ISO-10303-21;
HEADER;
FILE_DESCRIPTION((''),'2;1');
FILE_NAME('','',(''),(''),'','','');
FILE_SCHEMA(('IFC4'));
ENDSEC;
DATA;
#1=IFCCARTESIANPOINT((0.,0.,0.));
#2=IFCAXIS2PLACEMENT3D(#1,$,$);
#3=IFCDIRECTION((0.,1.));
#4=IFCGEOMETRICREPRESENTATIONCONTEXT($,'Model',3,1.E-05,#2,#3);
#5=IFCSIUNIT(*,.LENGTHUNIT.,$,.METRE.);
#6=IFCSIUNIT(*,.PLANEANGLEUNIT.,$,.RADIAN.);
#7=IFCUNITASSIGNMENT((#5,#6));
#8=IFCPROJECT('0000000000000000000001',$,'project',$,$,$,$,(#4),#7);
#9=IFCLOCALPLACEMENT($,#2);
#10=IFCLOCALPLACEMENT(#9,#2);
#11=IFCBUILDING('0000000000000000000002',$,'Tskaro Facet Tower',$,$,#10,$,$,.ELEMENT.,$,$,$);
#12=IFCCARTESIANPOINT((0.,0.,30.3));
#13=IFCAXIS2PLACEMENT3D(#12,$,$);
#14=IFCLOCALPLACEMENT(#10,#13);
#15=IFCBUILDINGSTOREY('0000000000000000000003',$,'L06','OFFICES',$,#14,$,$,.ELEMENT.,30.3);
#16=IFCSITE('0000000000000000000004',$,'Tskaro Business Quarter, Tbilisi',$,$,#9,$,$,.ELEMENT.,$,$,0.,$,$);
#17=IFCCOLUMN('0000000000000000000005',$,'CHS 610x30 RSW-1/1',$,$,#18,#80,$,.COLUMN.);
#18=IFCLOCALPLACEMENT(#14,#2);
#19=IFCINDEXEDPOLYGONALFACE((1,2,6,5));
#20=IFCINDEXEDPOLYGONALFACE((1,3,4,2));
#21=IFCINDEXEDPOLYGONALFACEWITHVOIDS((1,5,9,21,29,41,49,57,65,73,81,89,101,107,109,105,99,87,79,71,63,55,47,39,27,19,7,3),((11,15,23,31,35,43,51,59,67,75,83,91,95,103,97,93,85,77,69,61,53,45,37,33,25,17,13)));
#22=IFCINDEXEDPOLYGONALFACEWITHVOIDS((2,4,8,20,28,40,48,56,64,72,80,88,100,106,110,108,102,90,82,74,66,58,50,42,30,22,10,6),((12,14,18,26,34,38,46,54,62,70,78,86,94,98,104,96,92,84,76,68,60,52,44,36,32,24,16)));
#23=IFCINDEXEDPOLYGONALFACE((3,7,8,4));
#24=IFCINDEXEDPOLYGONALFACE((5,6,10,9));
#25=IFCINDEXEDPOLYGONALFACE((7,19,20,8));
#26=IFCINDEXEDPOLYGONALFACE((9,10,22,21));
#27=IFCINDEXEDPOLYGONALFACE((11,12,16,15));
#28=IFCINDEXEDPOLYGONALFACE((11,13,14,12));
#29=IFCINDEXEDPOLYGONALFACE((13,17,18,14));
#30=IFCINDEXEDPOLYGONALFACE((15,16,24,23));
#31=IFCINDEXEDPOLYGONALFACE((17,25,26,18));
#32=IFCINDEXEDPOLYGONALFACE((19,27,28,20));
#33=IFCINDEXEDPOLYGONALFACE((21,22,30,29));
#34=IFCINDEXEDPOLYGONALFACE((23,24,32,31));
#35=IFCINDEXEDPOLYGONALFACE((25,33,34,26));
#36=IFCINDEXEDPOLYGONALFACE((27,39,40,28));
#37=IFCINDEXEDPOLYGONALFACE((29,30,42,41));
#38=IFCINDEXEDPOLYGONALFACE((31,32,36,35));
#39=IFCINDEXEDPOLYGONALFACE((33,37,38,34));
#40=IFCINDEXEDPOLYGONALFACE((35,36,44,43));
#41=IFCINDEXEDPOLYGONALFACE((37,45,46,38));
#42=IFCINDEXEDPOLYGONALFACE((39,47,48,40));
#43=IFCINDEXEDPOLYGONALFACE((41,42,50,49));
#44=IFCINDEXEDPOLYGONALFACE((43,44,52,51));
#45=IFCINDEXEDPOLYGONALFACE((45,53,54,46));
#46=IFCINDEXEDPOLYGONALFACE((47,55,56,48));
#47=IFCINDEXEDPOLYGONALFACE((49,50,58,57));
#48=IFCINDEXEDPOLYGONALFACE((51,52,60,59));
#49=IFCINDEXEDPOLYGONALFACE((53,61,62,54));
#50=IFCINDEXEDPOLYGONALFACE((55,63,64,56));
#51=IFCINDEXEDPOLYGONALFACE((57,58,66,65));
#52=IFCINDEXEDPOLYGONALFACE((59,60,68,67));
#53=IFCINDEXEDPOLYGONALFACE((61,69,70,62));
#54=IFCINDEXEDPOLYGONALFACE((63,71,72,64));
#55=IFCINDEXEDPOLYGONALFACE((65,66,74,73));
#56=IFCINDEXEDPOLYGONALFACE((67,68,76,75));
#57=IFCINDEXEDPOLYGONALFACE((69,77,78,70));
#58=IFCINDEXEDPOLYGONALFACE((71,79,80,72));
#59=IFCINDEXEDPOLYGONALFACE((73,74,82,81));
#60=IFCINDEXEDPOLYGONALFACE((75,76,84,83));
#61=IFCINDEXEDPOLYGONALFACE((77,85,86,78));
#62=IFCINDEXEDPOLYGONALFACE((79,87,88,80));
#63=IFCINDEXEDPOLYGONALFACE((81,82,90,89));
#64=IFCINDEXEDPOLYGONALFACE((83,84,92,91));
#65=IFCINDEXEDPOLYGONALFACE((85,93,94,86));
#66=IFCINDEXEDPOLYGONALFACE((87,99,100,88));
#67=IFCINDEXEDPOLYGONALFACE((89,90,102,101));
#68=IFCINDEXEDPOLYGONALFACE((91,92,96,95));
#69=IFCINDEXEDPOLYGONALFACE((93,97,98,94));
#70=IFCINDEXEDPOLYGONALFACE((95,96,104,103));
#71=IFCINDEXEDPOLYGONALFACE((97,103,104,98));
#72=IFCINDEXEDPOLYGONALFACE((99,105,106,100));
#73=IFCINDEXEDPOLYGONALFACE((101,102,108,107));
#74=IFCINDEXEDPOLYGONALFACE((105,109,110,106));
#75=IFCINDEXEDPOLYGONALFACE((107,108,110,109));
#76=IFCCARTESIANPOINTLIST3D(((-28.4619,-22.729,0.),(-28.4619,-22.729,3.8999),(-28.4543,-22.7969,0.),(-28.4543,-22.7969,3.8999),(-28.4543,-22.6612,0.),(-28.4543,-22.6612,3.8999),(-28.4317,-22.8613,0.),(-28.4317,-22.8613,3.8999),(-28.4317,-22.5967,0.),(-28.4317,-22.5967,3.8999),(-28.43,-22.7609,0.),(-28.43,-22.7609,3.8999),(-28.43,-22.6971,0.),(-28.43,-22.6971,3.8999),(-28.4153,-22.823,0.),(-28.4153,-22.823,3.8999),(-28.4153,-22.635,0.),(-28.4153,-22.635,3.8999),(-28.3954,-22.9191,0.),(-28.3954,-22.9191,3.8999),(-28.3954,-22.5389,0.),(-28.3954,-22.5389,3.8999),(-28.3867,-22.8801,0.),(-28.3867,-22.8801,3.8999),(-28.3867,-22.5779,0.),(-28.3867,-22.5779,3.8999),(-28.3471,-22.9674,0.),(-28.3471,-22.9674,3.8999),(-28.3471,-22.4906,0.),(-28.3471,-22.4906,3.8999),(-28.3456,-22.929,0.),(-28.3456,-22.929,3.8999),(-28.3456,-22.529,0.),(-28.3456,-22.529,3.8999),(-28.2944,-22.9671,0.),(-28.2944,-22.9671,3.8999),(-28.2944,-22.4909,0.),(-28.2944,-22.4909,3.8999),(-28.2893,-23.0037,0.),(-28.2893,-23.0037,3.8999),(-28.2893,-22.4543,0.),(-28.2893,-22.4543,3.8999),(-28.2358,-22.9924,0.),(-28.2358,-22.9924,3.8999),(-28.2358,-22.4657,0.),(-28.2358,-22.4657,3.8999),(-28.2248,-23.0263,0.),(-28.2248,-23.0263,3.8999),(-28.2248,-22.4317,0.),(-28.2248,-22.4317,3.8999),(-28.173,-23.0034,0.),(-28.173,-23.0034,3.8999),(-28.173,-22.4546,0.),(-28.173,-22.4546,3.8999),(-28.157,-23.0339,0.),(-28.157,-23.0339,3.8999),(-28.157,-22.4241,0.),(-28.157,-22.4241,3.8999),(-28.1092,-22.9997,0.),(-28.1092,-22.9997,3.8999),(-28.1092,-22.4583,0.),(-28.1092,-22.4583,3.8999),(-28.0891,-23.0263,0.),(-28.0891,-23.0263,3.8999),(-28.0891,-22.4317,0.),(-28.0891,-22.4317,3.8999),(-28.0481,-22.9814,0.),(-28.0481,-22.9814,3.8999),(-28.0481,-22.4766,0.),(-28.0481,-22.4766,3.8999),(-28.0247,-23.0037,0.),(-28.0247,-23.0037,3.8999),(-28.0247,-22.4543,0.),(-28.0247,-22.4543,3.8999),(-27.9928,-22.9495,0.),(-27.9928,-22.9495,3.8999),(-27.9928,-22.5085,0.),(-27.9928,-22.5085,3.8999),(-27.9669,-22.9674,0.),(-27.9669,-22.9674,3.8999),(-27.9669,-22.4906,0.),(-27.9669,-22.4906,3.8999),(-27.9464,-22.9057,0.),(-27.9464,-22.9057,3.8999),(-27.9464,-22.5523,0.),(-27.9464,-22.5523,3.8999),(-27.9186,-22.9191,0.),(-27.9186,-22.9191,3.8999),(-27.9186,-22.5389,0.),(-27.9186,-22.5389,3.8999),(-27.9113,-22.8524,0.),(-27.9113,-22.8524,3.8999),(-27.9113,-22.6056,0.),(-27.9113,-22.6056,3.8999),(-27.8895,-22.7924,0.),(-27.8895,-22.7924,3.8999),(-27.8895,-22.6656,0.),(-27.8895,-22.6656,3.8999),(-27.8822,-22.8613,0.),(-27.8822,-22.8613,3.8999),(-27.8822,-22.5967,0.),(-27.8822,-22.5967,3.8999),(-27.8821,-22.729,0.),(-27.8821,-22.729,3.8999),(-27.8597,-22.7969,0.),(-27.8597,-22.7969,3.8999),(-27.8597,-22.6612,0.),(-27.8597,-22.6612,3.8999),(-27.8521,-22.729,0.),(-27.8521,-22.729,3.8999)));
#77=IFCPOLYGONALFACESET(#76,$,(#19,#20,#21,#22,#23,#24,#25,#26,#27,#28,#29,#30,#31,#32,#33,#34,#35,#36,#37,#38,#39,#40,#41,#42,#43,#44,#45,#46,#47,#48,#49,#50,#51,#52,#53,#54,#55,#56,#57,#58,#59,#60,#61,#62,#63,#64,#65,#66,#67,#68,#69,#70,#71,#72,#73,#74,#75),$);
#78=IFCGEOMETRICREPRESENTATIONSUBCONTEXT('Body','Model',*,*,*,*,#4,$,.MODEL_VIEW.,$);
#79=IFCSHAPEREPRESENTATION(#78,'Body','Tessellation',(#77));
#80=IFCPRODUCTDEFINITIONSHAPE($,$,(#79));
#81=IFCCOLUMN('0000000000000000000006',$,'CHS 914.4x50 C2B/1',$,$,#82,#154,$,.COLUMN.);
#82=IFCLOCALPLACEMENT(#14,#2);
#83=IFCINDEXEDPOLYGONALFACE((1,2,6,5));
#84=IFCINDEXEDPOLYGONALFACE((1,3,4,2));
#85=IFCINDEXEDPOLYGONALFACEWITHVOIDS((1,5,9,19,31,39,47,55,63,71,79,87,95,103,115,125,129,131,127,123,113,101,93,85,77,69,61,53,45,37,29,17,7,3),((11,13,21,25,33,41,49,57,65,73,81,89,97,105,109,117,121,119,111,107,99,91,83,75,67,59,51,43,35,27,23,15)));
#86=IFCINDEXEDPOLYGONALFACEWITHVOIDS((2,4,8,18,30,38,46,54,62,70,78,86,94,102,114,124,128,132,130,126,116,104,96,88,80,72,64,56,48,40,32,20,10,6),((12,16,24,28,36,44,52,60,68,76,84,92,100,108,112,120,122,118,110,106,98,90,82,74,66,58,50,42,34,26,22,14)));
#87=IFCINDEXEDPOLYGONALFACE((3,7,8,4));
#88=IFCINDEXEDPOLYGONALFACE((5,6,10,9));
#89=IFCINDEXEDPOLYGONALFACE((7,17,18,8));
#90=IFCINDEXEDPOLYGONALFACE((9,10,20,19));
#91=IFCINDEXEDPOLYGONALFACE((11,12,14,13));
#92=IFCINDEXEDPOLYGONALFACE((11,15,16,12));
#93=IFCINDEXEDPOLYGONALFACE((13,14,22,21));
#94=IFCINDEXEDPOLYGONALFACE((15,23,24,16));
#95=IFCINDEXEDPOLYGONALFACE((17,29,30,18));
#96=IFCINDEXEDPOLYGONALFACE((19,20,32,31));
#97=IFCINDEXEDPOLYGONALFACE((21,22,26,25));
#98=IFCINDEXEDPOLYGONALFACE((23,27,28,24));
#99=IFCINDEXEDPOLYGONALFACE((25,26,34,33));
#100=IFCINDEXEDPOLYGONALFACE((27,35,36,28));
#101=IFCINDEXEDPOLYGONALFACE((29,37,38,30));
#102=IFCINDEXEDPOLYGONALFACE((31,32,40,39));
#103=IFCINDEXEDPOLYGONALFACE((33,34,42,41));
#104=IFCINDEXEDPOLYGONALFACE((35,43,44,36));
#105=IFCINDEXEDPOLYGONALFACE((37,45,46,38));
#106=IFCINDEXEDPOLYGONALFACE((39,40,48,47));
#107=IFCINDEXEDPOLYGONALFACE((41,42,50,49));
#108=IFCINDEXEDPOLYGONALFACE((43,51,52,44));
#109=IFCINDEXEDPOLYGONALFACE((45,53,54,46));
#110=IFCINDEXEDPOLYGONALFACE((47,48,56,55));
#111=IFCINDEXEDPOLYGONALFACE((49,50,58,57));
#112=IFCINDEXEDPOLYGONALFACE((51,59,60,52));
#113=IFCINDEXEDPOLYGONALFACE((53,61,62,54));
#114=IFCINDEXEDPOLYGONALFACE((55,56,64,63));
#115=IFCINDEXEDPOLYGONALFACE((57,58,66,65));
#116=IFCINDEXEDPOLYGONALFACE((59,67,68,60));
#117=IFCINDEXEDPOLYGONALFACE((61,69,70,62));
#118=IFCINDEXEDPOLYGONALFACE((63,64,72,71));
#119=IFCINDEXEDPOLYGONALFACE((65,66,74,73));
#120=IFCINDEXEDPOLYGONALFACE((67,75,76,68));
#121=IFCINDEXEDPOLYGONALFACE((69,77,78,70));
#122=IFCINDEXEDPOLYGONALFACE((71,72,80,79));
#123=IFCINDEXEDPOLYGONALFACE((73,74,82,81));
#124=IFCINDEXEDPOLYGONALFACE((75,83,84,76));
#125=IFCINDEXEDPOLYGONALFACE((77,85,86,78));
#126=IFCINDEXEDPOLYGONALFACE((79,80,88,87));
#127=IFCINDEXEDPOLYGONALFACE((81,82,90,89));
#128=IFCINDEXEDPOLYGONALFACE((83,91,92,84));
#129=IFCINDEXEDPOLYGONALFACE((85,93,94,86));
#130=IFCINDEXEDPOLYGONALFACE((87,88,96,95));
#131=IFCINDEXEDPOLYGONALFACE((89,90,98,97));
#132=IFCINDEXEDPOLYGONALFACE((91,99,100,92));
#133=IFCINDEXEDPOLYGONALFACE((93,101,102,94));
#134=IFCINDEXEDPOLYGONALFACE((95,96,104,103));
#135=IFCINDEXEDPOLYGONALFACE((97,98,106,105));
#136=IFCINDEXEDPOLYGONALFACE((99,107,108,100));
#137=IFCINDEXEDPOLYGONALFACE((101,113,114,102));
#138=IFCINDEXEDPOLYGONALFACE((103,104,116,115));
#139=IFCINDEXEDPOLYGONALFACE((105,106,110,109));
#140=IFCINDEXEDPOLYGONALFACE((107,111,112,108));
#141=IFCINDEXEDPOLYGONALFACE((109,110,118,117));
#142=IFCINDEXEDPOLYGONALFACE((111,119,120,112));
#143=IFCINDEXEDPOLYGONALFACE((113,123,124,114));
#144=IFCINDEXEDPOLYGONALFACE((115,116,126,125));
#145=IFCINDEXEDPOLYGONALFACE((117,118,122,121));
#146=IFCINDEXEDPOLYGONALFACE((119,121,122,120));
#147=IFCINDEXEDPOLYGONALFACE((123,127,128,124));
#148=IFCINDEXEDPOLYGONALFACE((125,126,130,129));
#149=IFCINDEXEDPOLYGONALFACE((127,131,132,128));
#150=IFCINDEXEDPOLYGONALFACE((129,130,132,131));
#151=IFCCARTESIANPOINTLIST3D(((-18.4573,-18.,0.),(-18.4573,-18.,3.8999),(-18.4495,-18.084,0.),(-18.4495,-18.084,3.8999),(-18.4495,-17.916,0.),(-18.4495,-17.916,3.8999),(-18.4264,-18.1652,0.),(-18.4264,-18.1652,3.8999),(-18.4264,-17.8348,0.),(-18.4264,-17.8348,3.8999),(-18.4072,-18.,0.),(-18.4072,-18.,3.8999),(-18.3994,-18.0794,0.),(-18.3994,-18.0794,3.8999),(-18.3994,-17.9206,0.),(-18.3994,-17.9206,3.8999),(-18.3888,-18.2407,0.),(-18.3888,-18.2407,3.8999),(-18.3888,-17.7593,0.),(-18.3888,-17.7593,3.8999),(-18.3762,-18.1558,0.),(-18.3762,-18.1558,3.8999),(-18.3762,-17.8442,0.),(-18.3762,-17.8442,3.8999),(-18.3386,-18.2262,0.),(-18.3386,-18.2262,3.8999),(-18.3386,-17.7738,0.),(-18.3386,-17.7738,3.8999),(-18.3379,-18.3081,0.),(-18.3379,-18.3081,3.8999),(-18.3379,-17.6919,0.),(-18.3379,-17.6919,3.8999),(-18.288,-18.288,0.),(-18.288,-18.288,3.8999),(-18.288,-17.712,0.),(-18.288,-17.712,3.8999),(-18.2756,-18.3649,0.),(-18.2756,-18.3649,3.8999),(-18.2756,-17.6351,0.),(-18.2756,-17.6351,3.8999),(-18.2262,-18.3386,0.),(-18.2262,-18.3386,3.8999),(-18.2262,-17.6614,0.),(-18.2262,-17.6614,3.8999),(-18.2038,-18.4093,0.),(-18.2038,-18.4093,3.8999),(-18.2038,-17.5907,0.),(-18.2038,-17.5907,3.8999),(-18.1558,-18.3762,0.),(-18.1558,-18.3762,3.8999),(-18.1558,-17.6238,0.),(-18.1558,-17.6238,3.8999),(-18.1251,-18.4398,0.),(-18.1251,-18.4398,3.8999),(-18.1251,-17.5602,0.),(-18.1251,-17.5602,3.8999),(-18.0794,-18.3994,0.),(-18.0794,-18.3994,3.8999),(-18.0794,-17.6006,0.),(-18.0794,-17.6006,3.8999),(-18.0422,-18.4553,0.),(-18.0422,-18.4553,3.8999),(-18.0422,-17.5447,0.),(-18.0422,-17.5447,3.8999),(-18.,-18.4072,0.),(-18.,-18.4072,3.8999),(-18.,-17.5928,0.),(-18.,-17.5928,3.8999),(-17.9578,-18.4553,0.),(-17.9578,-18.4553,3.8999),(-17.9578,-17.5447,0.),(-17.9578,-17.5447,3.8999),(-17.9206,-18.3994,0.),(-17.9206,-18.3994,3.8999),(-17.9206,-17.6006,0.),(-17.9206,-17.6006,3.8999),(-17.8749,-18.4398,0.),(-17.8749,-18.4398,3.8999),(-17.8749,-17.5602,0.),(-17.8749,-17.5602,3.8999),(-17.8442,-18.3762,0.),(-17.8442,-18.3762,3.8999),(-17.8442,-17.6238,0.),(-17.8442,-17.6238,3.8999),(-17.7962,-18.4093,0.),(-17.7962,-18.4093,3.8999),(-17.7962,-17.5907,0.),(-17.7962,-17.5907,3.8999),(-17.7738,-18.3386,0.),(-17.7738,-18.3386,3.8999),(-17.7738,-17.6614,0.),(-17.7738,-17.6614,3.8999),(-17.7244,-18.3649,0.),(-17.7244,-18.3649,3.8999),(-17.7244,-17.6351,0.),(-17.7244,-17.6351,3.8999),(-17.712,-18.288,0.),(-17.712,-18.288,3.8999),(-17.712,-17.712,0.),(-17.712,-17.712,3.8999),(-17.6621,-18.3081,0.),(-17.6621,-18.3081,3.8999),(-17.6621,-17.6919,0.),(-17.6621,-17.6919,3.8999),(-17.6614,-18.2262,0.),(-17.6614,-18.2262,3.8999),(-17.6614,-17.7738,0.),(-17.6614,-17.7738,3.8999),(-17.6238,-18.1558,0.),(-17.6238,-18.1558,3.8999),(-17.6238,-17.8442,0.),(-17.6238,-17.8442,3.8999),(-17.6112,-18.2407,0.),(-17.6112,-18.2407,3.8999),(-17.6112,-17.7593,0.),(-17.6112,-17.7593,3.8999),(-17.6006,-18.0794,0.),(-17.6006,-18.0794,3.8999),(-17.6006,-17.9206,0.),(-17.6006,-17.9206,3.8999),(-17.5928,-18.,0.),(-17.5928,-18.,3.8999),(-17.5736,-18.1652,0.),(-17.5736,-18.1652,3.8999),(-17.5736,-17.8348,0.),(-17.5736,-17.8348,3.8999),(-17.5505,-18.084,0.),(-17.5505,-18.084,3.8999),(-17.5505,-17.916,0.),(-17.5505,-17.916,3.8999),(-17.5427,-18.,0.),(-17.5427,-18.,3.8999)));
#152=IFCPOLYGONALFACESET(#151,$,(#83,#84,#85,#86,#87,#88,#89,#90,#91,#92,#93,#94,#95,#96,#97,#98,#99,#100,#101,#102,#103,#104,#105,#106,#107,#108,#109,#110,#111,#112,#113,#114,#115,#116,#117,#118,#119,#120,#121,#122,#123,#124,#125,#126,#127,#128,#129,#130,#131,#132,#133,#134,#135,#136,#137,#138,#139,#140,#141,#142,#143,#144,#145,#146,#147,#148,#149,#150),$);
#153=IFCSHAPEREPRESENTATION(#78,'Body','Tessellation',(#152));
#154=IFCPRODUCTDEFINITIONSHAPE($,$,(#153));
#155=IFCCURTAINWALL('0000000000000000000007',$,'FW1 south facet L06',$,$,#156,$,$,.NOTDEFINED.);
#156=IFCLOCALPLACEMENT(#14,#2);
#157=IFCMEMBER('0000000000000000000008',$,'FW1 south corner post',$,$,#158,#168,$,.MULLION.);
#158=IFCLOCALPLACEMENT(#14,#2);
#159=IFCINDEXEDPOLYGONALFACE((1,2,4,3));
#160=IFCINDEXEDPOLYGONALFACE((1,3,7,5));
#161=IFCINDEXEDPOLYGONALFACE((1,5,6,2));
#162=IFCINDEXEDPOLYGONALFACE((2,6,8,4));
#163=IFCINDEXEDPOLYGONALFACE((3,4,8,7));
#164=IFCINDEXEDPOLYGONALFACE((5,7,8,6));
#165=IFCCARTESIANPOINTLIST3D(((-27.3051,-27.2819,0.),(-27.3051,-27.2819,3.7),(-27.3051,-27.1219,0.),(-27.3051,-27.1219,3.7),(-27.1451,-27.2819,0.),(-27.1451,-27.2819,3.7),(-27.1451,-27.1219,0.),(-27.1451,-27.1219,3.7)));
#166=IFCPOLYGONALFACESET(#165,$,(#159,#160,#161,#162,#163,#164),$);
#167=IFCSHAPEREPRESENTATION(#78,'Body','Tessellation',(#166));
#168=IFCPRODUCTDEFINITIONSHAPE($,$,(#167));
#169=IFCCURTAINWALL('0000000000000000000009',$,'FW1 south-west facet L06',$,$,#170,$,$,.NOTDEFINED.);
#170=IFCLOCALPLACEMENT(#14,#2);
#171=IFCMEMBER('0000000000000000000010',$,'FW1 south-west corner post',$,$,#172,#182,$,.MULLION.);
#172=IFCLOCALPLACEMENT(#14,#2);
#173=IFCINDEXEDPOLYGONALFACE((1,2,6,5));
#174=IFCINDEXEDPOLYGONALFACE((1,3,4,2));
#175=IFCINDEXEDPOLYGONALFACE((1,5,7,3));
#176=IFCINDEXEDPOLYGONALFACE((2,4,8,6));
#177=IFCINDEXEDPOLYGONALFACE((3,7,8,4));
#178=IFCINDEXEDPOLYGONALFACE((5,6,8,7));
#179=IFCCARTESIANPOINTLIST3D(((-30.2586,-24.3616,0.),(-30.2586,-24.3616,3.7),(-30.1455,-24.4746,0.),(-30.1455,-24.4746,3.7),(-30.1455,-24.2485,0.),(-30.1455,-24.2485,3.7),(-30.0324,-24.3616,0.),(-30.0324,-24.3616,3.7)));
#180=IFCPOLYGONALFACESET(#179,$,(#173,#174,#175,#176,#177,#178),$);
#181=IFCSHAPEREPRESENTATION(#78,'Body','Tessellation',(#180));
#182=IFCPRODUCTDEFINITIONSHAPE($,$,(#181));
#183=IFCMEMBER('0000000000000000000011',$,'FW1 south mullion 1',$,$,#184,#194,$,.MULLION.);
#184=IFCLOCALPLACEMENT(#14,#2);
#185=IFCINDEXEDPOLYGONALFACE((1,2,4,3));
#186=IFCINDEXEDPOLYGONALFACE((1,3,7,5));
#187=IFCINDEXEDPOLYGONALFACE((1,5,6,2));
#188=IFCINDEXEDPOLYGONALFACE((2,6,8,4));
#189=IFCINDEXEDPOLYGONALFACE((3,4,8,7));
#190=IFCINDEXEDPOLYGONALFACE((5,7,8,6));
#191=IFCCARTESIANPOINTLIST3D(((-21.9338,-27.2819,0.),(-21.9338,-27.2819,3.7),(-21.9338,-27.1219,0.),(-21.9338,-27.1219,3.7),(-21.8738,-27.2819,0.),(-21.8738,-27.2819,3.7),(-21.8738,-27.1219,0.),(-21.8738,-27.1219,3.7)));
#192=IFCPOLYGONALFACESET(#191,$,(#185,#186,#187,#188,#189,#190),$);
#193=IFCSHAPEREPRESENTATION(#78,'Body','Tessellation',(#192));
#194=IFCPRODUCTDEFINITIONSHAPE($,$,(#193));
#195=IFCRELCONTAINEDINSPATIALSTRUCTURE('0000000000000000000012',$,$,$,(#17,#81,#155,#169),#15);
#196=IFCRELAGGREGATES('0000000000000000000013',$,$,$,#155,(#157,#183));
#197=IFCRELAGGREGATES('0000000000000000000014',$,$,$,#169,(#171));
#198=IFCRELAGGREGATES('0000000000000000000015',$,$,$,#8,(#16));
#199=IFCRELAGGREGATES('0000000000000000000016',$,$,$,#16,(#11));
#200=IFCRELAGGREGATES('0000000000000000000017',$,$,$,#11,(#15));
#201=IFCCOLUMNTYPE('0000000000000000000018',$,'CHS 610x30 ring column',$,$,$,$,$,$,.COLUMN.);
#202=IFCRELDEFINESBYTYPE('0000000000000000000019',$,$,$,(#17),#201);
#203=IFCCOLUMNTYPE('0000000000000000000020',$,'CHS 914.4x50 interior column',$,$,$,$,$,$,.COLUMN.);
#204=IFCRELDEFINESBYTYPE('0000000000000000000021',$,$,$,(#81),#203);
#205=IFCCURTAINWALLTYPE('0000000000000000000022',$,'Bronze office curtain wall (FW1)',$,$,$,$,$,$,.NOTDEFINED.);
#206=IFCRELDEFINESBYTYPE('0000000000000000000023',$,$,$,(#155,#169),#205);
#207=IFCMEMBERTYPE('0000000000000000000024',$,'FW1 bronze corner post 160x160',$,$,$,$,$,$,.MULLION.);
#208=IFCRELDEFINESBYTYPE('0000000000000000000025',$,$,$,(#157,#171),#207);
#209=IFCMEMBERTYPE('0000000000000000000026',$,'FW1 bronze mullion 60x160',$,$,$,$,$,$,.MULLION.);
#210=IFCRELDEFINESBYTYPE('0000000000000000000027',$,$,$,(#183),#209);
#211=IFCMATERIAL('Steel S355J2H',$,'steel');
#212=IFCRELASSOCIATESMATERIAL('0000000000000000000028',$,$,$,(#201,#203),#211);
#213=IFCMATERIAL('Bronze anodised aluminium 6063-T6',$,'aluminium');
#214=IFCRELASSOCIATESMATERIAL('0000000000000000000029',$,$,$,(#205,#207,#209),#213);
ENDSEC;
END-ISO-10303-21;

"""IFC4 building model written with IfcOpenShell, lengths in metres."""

from ifc_helpers import new_model, si_unit, direction, frame, origin, origin_2d, place, context, subcontext, project, spatial, rectangle, hollow_circle, extrude, material, material_profile, profile_set, type_object, element, aggregate, save


model = new_model("IFC4")

# Units and contexts
model_context = context("Model", 3, precision=1e-05, world=origin(), true_north=direction((0.0, 1.0)))
body_context = subcontext(model_context, "Body", "Model", "MODEL_VIEW")
ifc_project = project(units=[si_unit("LENGTHUNIT", "METRE"), si_unit("PLANEANGLEUNIT", "RADIAN")], contexts=[model_context])

# Site, building, storey
site_placement = place(None, origin())
site = spatial("IfcSite", under=ifc_project, at=site_placement, Name="Tskaro Business Quarter, Tbilisi", CompositionType="ELEMENT", RefElevation=0.0)
building_placement = place(site_placement, origin())
building = spatial("IfcBuilding", under=site, at=building_placement, Name="Tskaro Facet Tower", CompositionType="ELEMENT")
storey_placement = place(building_placement, frame((0.0, 0.0, 30.3)))
storey = spatial("IfcBuildingStorey", under=building, at=storey_placement, Name="L06", Description="OFFICES", CompositionType="ELEMENT", Elevation=30.3)

# Columns
ifc_material_1 = material(Name="Steel S355J2H", Category="steel")
ifc_material_profile_1 = material_profile(ifc_material_1, hollow_circle(Radius=0.3049, WallThickness=0.03, at=origin_2d()), Name="CHS 610x30")
ifc_profile_set_1 = profile_set([ifc_material_profile_1], Name="Steel S355J2H")
column_type_1 = type_object("IfcColumnType", Name="CHS 610x30 ring column", PredefinedType="COLUMN", material=ifc_profile_set_1)
for number, where, z_axis, x_axis, name in (
    (1, (-28.157, -22.729, 0.0), (0.0, 0.0, 1.0), (1.0, 0.0, 0.0), "CHS 610x30 RSW-1/1"),
):
    element("IfcColumn", number, at=place(storey_placement, frame(where, z_axis=z_axis, x_axis=x_axis)), inside=storey, type_object=column_type_1, Name=name, PredefinedType="COLUMN", context=body_context, shape_type="SweptSolid", body=[
        extrude(hollow_circle(Radius=0.3049, WallThickness=0.03, at=origin_2d()), origin(), (0.0, 0.0, 1.0), 3.8999),
    ])
ifc_material_profile_2 = material_profile(ifc_material_1, hollow_circle(Radius=0.4573, WallThickness=0.05, at=origin_2d()), Name="CHS 914.4x50")
ifc_profile_set_2 = profile_set([ifc_material_profile_2], Name="Steel S355J2H")
column_type_2 = type_object("IfcColumnType", Name="CHS 914.4x50 interior column", PredefinedType="COLUMN", material=ifc_profile_set_2)
column_placement = place(storey_placement, frame((-18.0, -18.0, 0.0), z_axis=(0.0, 0.0, 1.0), x_axis=(1.0, 0.0, 0.0)))
element("IfcColumn", 2, at=column_placement, inside=storey, type_object=column_type_2, Name="CHS 914.4x50 C2B/1", PredefinedType="COLUMN", context=body_context, shape_type="SweptSolid", body=[
    extrude(hollow_circle(Radius=0.4573, WallThickness=0.05, at=origin_2d()), origin(), (0.0, 0.0, 1.0), 3.8999),
])

# Curtain walls, members
ifc_material_2 = material(Name="Bronze anodised aluminium 6063-T6", Category="aluminium")
curtain_wall_type = type_object("IfcCurtainWallType", Name="Bronze office curtain wall (FW1)", PredefinedType="NOTDEFINED", material=ifc_material_2)
curtain_wall_1_placement = place(storey_placement, origin())
curtain_wall_1 = element("IfcCurtainWall", 3, at=curtain_wall_1_placement, inside=storey, type_object=curtain_wall_type, Name="FW1 south facet L06", PredefinedType="NOTDEFINED")
ifc_material_profile_3 = material_profile(ifc_material_2, rectangle(XDim=0.1599, YDim=0.1599, at=origin_2d()), Name="Corner post 160x160")
ifc_profile_set_3 = profile_set([ifc_material_profile_3], Name="Bronze anodised aluminium 6063-T6")
member_type_1 = type_object("IfcMemberType", Name="FW1 bronze corner post 160x160", PredefinedType="MULLION", material=ifc_profile_set_3)
member_1_placement = place(storey_placement, frame((-27.2251, -27.2019, 0.0), z_axis=(0.0, 0.0, 1.0), x_axis=(1.0, 0.0, 0.0)))
member_1 = element("IfcMember", 4, at=member_1_placement, type_object=member_type_1, Name="FW1 south corner post", PredefinedType="MULLION", context=body_context, shape_type="SweptSolid", body=[
    extrude(rectangle(XDim=0.1599, YDim=0.1599, at=origin_2d()), origin(), (0.0, 0.0, 1.0), 3.7),
])
curtain_wall_2_placement = place(storey_placement, origin())
curtain_wall_2 = element("IfcCurtainWall", 5, at=curtain_wall_2_placement, inside=storey, type_object=curtain_wall_type, Name="FW1 south-west facet L06", PredefinedType="NOTDEFINED")
member_2_placement = place(storey_placement, frame((-30.1455, -24.3616, 0.0), z_axis=(0.0, 0.0, 1.0), x_axis=(0.707107, -0.707107, 0.0)))
member_2 = element("IfcMember", 6, at=member_2_placement, type_object=member_type_1, Name="FW1 south-west corner post", PredefinedType="MULLION", context=body_context, shape_type="SweptSolid", body=[
    extrude(rectangle(XDim=0.1599, YDim=0.1599, at=origin_2d()), origin(), (0.0, 0.0, 1.0), 3.7),
])

# Member
ifc_material_profile_4 = material_profile(ifc_material_2, rectangle(XDim=0.0601, YDim=0.1599, at=origin_2d()), Name="Mullion 60x160")
ifc_profile_set_4 = profile_set([ifc_material_profile_4], Name="Bronze anodised aluminium 6063-T6")
member_type_2 = type_object("IfcMemberType", Name="FW1 bronze mullion 60x160", PredefinedType="MULLION", material=ifc_profile_set_4)
member_3_placement = place(storey_placement, frame((-21.9038, -27.2019, 0.0), z_axis=(0.0, 0.0, 1.0), x_axis=(1.0, 0.0, 0.0)))
member_3 = element("IfcMember", 7, at=member_3_placement, type_object=member_type_2, Name="FW1 south mullion 1", PredefinedType="MULLION", context=body_context, shape_type="SweptSolid", body=[
    extrude(rectangle(XDim=0.0601, YDim=0.1599, at=origin_2d()), origin(), (0.0, 0.0, 1.0), 3.7),
])

aggregate(curtain_wall_1, [member_1, member_3])
aggregate(curtain_wall_2, [member_2])

save(model, "model.ifc")
